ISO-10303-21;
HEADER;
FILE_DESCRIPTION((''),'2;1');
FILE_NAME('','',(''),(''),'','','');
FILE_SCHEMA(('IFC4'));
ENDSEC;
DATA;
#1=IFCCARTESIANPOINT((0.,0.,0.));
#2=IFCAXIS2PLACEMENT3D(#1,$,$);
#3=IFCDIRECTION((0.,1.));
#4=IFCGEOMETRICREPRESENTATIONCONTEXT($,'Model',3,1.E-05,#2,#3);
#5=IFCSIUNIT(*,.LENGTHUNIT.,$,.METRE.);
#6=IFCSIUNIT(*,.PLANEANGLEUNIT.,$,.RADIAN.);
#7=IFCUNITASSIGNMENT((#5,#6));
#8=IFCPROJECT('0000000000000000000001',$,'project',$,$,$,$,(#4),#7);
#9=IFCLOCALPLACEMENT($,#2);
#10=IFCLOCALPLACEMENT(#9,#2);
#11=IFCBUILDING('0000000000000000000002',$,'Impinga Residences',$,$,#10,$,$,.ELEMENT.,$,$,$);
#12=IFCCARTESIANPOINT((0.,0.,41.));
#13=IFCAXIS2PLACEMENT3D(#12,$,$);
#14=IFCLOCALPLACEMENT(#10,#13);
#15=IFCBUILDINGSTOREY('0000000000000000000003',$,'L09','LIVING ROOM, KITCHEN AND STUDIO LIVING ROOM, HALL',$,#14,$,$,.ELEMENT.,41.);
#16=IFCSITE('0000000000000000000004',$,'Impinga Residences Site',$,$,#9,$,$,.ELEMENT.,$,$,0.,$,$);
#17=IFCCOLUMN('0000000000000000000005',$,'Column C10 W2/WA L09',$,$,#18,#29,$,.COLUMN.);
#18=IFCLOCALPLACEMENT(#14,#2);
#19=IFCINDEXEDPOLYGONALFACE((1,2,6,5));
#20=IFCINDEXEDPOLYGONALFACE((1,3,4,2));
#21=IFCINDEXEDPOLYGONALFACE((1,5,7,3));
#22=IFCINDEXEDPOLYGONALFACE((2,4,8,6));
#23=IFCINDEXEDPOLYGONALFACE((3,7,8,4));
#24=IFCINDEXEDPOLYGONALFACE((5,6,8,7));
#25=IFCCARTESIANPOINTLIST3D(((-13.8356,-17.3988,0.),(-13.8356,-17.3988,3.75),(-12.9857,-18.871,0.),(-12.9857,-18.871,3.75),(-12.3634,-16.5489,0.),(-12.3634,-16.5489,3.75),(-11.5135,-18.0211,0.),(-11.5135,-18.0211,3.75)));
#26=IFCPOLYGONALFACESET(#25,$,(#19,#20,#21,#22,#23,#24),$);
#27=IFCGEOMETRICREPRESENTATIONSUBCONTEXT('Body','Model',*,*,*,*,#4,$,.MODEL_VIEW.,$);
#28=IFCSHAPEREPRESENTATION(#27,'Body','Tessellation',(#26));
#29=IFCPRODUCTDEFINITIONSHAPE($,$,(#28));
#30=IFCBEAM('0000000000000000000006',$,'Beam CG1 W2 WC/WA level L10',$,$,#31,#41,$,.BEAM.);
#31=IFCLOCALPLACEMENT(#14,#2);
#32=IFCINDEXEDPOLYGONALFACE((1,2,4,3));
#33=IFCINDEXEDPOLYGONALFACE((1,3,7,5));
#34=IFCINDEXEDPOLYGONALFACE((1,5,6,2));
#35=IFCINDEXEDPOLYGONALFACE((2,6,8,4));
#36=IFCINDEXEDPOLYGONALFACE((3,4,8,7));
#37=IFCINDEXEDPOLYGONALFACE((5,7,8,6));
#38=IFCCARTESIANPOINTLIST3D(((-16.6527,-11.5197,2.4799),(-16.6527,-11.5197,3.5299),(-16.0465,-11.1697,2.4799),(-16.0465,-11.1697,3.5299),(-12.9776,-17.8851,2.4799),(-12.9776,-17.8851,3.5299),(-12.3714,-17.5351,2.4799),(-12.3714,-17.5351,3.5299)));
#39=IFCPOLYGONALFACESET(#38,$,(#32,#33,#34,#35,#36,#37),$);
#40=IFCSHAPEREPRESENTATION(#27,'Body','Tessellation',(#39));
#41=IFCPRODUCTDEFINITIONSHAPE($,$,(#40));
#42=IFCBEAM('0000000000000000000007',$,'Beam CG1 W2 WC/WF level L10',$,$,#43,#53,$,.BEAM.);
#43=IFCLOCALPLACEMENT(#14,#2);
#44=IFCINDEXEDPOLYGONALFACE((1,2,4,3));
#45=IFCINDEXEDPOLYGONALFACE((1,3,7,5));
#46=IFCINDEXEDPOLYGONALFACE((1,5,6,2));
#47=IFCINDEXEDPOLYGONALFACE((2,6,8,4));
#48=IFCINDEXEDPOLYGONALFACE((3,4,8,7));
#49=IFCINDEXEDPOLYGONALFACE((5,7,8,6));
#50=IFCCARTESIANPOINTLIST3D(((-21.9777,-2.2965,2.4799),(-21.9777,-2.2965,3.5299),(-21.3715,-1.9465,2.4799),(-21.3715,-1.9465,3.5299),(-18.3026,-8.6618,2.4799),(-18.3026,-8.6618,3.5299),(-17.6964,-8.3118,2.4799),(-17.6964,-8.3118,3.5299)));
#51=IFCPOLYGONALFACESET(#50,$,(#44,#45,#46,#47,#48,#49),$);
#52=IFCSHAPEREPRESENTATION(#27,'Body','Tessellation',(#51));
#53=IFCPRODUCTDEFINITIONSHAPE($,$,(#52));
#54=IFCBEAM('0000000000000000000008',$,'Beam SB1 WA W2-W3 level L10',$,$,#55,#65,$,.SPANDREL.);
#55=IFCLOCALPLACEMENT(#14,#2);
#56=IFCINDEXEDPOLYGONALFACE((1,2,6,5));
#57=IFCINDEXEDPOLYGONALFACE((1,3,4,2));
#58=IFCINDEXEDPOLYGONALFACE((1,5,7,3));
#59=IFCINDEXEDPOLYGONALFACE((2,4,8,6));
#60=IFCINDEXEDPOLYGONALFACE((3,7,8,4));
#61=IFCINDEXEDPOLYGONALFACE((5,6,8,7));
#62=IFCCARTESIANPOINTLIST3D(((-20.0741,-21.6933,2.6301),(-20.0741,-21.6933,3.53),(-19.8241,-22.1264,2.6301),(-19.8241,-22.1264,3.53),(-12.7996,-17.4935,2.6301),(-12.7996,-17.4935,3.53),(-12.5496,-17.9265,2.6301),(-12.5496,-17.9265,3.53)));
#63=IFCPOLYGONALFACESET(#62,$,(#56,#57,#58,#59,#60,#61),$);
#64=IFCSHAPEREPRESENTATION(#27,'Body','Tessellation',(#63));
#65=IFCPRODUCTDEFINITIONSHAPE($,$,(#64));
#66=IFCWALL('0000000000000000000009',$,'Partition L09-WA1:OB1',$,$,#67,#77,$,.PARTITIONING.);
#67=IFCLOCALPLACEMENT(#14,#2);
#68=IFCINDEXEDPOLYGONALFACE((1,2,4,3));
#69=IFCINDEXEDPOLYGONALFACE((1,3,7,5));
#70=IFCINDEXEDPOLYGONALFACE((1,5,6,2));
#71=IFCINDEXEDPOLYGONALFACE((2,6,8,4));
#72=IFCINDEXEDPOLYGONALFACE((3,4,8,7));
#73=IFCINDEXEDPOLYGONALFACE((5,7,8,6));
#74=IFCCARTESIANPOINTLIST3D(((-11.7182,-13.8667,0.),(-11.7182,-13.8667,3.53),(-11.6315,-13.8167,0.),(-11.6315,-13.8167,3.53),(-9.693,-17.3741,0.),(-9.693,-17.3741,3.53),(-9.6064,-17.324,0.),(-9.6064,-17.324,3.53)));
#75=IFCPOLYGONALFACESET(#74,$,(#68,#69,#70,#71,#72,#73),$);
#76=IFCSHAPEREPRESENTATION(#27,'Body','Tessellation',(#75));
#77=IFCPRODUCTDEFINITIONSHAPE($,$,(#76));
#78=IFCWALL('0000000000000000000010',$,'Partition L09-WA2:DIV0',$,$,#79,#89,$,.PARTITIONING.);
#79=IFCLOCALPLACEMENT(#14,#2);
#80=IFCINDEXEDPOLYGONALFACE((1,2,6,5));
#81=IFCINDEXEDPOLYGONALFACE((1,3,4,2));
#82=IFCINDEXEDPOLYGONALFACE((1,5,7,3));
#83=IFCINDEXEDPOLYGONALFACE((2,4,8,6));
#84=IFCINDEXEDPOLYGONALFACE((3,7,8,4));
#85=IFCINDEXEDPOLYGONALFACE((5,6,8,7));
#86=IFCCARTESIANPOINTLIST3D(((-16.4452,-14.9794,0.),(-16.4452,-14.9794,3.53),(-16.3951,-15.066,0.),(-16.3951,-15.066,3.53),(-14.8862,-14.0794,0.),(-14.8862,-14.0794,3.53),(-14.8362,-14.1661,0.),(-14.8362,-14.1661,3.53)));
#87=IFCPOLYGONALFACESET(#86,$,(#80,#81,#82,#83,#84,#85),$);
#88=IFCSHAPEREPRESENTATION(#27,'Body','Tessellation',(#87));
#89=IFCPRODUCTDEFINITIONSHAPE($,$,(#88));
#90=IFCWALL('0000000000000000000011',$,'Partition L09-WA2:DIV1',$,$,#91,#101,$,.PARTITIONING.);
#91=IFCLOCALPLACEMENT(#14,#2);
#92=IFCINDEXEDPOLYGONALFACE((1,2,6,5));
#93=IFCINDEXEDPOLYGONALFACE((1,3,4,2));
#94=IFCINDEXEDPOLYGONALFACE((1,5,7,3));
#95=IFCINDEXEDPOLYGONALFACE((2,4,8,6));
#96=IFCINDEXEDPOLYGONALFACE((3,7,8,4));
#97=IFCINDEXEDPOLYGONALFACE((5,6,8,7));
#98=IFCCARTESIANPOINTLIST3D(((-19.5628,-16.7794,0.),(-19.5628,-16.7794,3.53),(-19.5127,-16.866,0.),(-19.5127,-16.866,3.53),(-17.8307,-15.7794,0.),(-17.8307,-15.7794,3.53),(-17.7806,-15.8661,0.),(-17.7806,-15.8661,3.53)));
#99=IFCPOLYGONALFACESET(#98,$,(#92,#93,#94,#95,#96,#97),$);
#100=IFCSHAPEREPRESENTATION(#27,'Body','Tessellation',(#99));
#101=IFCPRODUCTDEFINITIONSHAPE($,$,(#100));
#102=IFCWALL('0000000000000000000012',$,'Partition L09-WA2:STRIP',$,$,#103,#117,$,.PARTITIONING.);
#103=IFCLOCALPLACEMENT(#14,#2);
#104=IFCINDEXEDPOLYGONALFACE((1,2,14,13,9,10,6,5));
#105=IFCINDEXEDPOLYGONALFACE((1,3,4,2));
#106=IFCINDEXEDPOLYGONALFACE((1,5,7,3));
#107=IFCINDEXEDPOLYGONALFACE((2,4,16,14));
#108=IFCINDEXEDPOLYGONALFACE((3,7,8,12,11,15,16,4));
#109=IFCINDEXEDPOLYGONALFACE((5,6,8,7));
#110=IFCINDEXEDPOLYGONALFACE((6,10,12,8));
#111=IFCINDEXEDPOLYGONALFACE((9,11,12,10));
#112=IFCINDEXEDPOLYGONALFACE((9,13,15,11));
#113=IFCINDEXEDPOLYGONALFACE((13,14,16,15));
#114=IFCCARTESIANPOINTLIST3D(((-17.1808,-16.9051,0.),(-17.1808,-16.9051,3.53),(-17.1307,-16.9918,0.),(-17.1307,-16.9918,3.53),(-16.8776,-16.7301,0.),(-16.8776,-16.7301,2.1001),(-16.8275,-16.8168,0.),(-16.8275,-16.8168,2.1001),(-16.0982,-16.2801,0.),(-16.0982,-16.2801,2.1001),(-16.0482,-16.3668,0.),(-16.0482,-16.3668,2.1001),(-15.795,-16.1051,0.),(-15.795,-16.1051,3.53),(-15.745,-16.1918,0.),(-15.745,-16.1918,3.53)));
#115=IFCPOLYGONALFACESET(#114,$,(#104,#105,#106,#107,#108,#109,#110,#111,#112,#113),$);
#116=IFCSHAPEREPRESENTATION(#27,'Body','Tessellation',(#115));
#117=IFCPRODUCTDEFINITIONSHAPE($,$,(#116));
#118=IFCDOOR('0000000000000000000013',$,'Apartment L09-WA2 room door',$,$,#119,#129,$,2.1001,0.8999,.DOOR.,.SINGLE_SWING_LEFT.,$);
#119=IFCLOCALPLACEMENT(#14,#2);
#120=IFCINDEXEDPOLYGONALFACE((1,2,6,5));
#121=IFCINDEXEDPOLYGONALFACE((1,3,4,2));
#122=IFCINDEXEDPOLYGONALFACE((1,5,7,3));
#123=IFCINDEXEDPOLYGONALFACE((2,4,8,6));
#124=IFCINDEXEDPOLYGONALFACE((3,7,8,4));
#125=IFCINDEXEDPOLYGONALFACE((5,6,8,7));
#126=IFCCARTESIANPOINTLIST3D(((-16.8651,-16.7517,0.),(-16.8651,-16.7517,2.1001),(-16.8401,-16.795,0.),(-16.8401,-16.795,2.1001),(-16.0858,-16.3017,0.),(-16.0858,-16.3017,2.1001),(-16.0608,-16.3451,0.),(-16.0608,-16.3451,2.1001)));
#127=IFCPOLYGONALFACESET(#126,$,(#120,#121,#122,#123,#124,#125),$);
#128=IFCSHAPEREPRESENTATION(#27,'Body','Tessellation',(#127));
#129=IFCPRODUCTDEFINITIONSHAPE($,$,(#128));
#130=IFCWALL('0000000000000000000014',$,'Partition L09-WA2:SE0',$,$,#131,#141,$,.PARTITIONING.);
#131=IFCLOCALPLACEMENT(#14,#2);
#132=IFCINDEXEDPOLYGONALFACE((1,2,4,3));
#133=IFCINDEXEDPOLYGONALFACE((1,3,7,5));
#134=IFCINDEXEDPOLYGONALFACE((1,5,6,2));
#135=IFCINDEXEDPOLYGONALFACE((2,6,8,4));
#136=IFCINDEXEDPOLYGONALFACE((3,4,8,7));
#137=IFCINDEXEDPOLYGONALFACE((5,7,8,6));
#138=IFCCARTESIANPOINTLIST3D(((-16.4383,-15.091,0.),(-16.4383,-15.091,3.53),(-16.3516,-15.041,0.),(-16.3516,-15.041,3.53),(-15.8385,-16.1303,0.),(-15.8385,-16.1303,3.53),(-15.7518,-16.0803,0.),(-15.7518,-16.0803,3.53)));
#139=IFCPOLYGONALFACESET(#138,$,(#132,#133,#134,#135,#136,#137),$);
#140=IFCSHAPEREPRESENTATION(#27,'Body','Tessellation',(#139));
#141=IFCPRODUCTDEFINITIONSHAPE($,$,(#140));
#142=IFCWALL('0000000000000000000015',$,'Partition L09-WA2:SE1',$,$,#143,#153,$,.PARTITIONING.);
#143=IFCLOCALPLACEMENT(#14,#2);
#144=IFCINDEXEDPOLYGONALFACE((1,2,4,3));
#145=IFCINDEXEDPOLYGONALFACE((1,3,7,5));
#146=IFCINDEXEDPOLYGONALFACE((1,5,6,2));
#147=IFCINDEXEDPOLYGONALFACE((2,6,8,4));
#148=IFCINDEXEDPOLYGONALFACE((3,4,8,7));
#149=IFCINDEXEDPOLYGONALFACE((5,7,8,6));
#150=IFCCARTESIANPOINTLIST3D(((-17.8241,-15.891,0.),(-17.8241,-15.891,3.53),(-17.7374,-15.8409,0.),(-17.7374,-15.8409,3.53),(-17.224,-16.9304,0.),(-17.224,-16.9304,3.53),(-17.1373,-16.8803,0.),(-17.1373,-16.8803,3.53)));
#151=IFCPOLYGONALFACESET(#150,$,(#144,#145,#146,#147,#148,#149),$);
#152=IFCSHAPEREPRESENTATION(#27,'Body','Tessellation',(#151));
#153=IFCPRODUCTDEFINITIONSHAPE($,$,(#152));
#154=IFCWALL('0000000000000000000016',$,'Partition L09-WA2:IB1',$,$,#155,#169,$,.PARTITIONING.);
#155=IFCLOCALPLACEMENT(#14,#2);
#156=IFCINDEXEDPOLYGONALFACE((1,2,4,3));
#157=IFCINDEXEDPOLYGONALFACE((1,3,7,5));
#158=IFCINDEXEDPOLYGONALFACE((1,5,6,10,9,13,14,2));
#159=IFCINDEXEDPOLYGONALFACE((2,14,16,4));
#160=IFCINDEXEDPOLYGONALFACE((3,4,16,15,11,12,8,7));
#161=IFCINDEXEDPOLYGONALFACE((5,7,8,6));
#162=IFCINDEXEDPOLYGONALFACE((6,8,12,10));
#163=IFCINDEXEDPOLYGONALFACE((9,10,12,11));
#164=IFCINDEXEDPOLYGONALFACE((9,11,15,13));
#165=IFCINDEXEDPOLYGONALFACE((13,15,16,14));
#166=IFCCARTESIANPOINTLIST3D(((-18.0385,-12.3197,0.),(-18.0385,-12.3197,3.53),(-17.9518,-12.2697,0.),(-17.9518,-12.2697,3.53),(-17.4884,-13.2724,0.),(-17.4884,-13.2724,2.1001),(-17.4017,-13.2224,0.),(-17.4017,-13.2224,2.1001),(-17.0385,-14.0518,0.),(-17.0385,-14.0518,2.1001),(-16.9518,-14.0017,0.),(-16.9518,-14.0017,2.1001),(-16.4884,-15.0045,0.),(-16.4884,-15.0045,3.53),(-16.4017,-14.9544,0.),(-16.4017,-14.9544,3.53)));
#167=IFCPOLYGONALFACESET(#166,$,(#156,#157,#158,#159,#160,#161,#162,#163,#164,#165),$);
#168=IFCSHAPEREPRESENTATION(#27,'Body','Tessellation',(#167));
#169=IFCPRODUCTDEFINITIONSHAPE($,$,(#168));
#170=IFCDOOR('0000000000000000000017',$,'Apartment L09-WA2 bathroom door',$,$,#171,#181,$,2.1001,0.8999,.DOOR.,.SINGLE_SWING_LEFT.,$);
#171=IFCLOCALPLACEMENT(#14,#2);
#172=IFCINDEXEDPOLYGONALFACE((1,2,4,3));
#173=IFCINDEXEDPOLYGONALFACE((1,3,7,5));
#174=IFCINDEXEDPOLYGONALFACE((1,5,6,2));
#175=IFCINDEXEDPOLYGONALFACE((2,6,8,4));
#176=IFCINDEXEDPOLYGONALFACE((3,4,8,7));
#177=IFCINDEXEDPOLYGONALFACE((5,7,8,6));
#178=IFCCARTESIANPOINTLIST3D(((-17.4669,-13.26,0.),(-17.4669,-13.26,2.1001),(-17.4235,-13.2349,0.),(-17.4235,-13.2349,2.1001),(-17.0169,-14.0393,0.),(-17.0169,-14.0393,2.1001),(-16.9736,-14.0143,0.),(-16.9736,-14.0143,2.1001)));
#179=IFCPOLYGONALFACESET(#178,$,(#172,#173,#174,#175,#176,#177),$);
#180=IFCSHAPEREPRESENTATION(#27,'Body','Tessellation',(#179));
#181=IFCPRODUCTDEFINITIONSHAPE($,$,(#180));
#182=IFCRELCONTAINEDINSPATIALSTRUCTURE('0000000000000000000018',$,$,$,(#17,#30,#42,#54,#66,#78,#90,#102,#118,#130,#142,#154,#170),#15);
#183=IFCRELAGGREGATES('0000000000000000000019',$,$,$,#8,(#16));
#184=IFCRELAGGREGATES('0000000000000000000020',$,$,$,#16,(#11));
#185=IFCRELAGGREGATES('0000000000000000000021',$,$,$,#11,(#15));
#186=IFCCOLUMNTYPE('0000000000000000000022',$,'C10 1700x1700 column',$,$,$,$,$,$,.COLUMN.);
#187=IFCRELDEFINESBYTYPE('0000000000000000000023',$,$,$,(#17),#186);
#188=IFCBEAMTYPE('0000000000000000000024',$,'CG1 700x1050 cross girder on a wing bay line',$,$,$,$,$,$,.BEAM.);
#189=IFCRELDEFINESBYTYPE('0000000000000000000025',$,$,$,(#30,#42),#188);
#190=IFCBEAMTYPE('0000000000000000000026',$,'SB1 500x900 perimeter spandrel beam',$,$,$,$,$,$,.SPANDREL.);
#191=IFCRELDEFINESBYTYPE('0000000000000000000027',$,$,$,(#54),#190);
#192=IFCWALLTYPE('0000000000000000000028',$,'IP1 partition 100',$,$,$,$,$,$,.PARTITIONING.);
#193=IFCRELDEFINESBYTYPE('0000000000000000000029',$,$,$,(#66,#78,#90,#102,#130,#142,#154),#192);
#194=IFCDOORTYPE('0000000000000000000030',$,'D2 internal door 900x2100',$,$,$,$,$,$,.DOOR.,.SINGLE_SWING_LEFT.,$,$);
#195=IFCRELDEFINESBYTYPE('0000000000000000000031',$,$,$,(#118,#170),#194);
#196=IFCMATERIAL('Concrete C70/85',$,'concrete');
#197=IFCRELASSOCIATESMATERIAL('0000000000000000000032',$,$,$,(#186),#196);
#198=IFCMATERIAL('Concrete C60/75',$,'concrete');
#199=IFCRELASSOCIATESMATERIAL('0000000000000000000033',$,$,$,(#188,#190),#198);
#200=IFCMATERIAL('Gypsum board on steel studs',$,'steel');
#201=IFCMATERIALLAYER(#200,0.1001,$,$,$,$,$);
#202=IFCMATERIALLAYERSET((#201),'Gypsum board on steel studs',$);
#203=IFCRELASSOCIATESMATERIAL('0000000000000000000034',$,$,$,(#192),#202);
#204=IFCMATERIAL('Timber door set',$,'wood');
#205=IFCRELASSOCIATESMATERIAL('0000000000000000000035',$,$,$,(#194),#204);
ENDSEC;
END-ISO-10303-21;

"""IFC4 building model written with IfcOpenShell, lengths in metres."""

from ifc_helpers import new_model, si_unit, direction, frame, frame_2d, origin, origin_2d, place, context, subcontext, project, spatial, rectangle, extrude, material, layer, layer_set, material_profile, profile_set, type_object, element, fill, save


model = new_model("IFC4")

# Units and contexts
model_context = context("Model", 3, precision=1e-05, world=origin(), true_north=direction((0.0, 1.0)))
body_context = subcontext(model_context, "Body", "Model", "MODEL_VIEW")
ifc_project = project(units=[si_unit("LENGTHUNIT", "METRE"), si_unit("PLANEANGLEUNIT", "RADIAN")], contexts=[model_context])

# Site, building, storey
site_placement = place(None, origin())
site = spatial("IfcSite", under=ifc_project, at=site_placement, Name="Impinga Residences Site", CompositionType="ELEMENT", RefElevation=0.0)
building_placement = place(site_placement, origin())
building = spatial("IfcBuilding", under=site, at=building_placement, Name="Impinga Residences", CompositionType="ELEMENT")
storey_placement = place(building_placement, frame((0.0, 0.0, 41.0)))
storey = spatial("IfcBuildingStorey", under=building, at=storey_placement, Name="L09", Description="LIVING ROOM, KITCHEN AND STUDIO LIVING ROOM, HALL", CompositionType="ELEMENT", Elevation=41.0)

# Column
ifc_material_1 = material(Name="Concrete C70/85", Category="concrete")
ifc_material_profile_1 = material_profile(ifc_material_1, rectangle(XDim=1.7, YDim=1.7, at=origin_2d()), Name="RC 1700x1700")
ifc_profile_set_1 = profile_set([ifc_material_profile_1], Name="Concrete C70/85")
column_type = type_object("IfcColumnType", Name="C10 1700x1700 column", PredefinedType="COLUMN", material=ifc_profile_set_1)
column_placement = place(storey_placement, frame((-12.6746, -17.71, 0.0), z_axis=(0.0, 0.0, 1.0), x_axis=(-0.5, 0.866025, 0.0)))
element("IfcColumn", 1, at=column_placement, inside=storey, type_object=column_type, Name="Column C10 W2/WA L09", PredefinedType="COLUMN", context=body_context, shape_type="SweptSolid", body=[
    extrude(rectangle(XDim=1.7, YDim=1.7, at=origin_2d()), origin(), (0.0, 0.0, 1.0), 3.75),
])

# Beams
ifc_material_2 = material(Name="Concrete C60/75", Category="concrete")
ifc_material_profile_2 = material_profile(ifc_material_2, rectangle(XDim=0.7, YDim=1.05, at=origin_2d()), Name="RC 700x1050")
ifc_profile_set_2 = profile_set([ifc_material_profile_2], Name="Concrete C60/75")
beam_type_1 = type_object("IfcBeamType", Name="CG1 700x1050 cross girder on a wing bay line", PredefinedType="BEAM", material=ifc_profile_set_2)
for number, where, z_axis, x_axis, name in (
    (2, (-16.3496, -11.3447, 3.0049), (0.500008, -0.866021, 0.0), (0.866021, 0.500008, 0.0), "Beam CG1 W2 WC/WA level L10"),
    (3, (-17.9995, -8.4868, 3.0049), (-0.500008, 0.866021, 0.0), (-0.866021, -0.500008, 0.0), "Beam CG1 W2 WC/WF level L10"),
):
    element("IfcBeam", number, at=place(storey_placement, frame(where, z_axis=z_axis, x_axis=x_axis)), inside=storey, type_object=beam_type_1, Name=name, PredefinedType="BEAM", context=body_context, shape_type="SweptSolid", body=[
        extrude(rectangle(XDim=0.7, YDim=1.05, at=origin_2d()), origin(), (0.0, 0.0, 1.0), 7.3501),
    ])
ifc_material_profile_3 = material_profile(ifc_material_2, rectangle(XDim=0.5, YDim=0.8999, at=origin_2d()), Name="RC 500x900")
ifc_profile_set_3 = profile_set([ifc_material_profile_3], Name="Concrete C60/75")
beam_type_2 = type_object("IfcBeamType", Name="SB1 500x900 perimeter spandrel beam", PredefinedType="SPANDREL", material=ifc_profile_set_3)
beam_placement = place(storey_placement, frame((-12.6746, -17.71, 3.0801), z_axis=(-0.866029, -0.499993, 0.0), x_axis=(0.499993, -0.866029, 0.0)))
element("IfcBeam", 4, at=beam_placement, inside=storey, type_object=beam_type_2, Name="Beam SB1 WA W2-W3 level L10", PredefinedType="SPANDREL", context=body_context, shape_type="SweptSolid", body=[
    extrude(rectangle(XDim=0.5, YDim=0.8999, at=origin_2d()), origin(), (0.0, 0.0, 1.0), 8.3999),
])

# Walls
ifc_material_3 = material(Name="Gypsum board on steel studs", Category="steel")
ifc_layer_1 = layer(ifc_material_3, 0.1001)
ifc_layer_set_1 = layer_set([ifc_layer_1], Name="Gypsum board on steel studs")
wall_type_1 = type_object("IfcWallType", Name="IP1 partition 100", PredefinedType="PARTITIONING", material=ifc_layer_set_1)
wall_1_placement = place(storey_placement, frame((-11.6748, -13.8418, 0.0), z_axis=(0.0, 0.0, 1.0), x_axis=(0.500036, -0.866005, 0.0)))
element("IfcWall", 5, at=wall_1_placement, inside=storey, type_object=wall_type_1, Name="Partition L09-WA1:OB1", PredefinedType="PARTITIONING", context=body_context, shape_type="SweptSolid", body=[
    extrude(rectangle(XDim=4.05, YDim=0.1001, at=frame_2d((2.0249, 0.0))), origin(), (0.0, 0.0, 1.0), 3.53),
])
wall_2_placement = place(storey_placement, frame((-14.8613, -14.1228, 0.0), z_axis=(0.0, 0.0, 1.0), x_axis=(-0.866048, -0.499961, 0.0)))
element("IfcWall", 6, at=wall_2_placement, inside=storey, type_object=wall_type_1, Name="Partition L09-WA2:DIV0", PredefinedType="PARTITIONING", context=body_context, shape_type="SweptSolid", body=[
    extrude(rectangle(XDim=1.8, YDim=0.1001, at=frame_2d((0.8999, 0.0))), origin(), (0.0, 0.0, 1.0), 3.53),
])
wall_3_placement = place(storey_placement, frame((-17.8057, -15.8228, 0.0), z_axis=(0.0, 0.0, 1.0), x_axis=(-0.866041, -0.499973, 0.0)))
element("IfcWall", 7, at=wall_3_placement, inside=storey, type_object=wall_type_1, Name="Partition L09-WA2:DIV1", PredefinedType="PARTITIONING", context=body_context, shape_type="SweptSolid", body=[
    extrude(rectangle(XDim=2.0, YDim=0.1001, at=frame_2d((1.0, 0.0))), origin(), (0.0, 0.0, 1.0), 3.53),
])

# Wall, opening, door
wall_4_placement = place(storey_placement, frame((-15.77, -16.1484, 0.0), z_axis=(0.0, 0.0, 1.0), x_axis=(-0.866028, -0.499995, 0.0)))
wall_4 = element("IfcWall", 8, at=wall_4_placement, inside=storey, type_object=wall_type_1, Name="Partition L09-WA2:STRIP", PredefinedType="PARTITIONING", context=body_context, shape_type="SweptSolid", body=[
    extrude(rectangle(XDim=1.6001, YDim=0.1001, at=frame_2d((0.8, 0.0))), origin(), (0.0, 0.0, 1.0), 3.53),
])
opening_1_placement = place(wall_4_placement, frame((0.3501, 0.0, 0.0)))
opening_1 = element("IfcOpeningElement", 9, at=opening_1_placement, cuts=wall_4, PredefinedType="OPENING", context=body_context, shape_type="SweptSolid", body=[
    extrude(rectangle(XDim=0.8999, YDim=2.1001, at=frame_2d((0.45, 1.05))), frame((0.0, 0.0601, 0.0), z_axis=(0.0, -1.0, 0.0), x_axis=(1.0, 0.0, 0.0)), (0.0, 0.0, 1.0), 0.1201),
])
ifc_material_4 = material(Name="Timber door set", Category="wood")
door_type = type_object("IfcDoorType", Name="D2 internal door 900x2100", OperationType="SINGLE_SWING_LEFT", PredefinedType="DOOR", material=ifc_material_4)
door_1_placement = place(opening_1_placement, origin())
door_1 = element("IfcDoor", 10, at=door_1_placement, inside=storey, type_object=door_type, Name="Apartment L09-WA2 room door", OperationType="SINGLE_SWING_LEFT", OverallHeight=2.1001, OverallWidth=0.8999, PredefinedType="DOOR", context=body_context, shape_type="SweptSolid", body=[
    extrude(rectangle(XDim=0.8999, YDim=2.1001, at=frame_2d((0.45, 1.05))), frame((0.0, 0.0249, 0.0), z_axis=(0.0, -1.0, 0.0), x_axis=(1.0, 0.0, 0.0)), (0.0, 0.0, 1.0), 0.05),
])
fill(opening_1, door_1)

# Walls
wall_5_placement = place(storey_placement, frame((-16.395, -15.0659, 0.0), z_axis=(0.0, 0.0, 1.0), x_axis=(0.499881, -0.866094, 0.0)))
element("IfcWall", 11, at=wall_5_placement, inside=storey, type_object=wall_type_1, Name="Partition L09-WA2:SE0", PredefinedType="PARTITIONING", context=body_context, shape_type="SweptSolid", body=[
    extrude(rectangle(XDim=1.2, YDim=0.1001, at=frame_2d((0.6001, 0.0))), origin(), (0.0, 0.0, 1.0), 3.53),
])
wall_6_placement = place(storey_placement, frame((-17.7808, -15.866, 0.0), z_axis=(0.0, 0.0, 1.0), x_axis=(0.500034, -0.866006, 0.0)))
element("IfcWall", 12, at=wall_6_placement, inside=storey, type_object=wall_type_1, Name="Partition L09-WA2:SE1", PredefinedType="PARTITIONING", context=body_context, shape_type="SweptSolid", body=[
    extrude(rectangle(XDim=1.2002, YDim=0.1001, at=frame_2d((0.6001, 0.0))), origin(), (0.0, 0.0, 1.0), 3.53),
])

# Wall, opening, door
wall_7_placement = place(storey_placement, frame((-17.9951, -12.2947, 0.0), z_axis=(0.0, 0.0, 1.0), x_axis=(0.499993, -0.86603, 0.0)))
wall_7 = element("IfcWall", 13, at=wall_7_placement, inside=storey, type_object=wall_type_1, Name="Partition L09-WA2:IB1", PredefinedType="PARTITIONING", context=body_context, shape_type="SweptSolid", body=[
    extrude(rectangle(XDim=3.1001, YDim=0.1001, at=frame_2d((1.55, 0.0))), origin(), (0.0, 0.0, 1.0), 3.53),
])
opening_2_placement = place(wall_7_placement, frame((1.1001, 0.0, 0.0)))
opening_2 = element("IfcOpeningElement", 14, at=opening_2_placement, cuts=wall_7, PredefinedType="OPENING", context=body_context, shape_type="SweptSolid", body=[
    extrude(rectangle(XDim=0.8999, YDim=2.1001, at=frame_2d((0.45, 1.05))), frame((0.0, 0.0601, 0.0), z_axis=(0.0, -1.0, 0.0), x_axis=(1.0, 0.0, 0.0)), (0.0, 0.0, 1.0), 0.1201),
])
door_2_placement = place(opening_2_placement, origin())
door_2 = element("IfcDoor", 15, at=door_2_placement, inside=storey, type_object=door_type, Name="Apartment L09-WA2 bathroom door", OperationType="SINGLE_SWING_LEFT", OverallHeight=2.1001, OverallWidth=0.8999, PredefinedType="DOOR", context=body_context, shape_type="SweptSolid", body=[
    extrude(rectangle(XDim=0.8999, YDim=2.1001, at=frame_2d((0.45, 1.05))), frame((0.0, 0.0249, 0.0), z_axis=(0.0, -1.0, 0.0), x_axis=(1.0, 0.0, 0.0)), (0.0, 0.0, 1.0), 0.05),
])
fill(opening_2, door_2)

save(model, "model.ifc")
